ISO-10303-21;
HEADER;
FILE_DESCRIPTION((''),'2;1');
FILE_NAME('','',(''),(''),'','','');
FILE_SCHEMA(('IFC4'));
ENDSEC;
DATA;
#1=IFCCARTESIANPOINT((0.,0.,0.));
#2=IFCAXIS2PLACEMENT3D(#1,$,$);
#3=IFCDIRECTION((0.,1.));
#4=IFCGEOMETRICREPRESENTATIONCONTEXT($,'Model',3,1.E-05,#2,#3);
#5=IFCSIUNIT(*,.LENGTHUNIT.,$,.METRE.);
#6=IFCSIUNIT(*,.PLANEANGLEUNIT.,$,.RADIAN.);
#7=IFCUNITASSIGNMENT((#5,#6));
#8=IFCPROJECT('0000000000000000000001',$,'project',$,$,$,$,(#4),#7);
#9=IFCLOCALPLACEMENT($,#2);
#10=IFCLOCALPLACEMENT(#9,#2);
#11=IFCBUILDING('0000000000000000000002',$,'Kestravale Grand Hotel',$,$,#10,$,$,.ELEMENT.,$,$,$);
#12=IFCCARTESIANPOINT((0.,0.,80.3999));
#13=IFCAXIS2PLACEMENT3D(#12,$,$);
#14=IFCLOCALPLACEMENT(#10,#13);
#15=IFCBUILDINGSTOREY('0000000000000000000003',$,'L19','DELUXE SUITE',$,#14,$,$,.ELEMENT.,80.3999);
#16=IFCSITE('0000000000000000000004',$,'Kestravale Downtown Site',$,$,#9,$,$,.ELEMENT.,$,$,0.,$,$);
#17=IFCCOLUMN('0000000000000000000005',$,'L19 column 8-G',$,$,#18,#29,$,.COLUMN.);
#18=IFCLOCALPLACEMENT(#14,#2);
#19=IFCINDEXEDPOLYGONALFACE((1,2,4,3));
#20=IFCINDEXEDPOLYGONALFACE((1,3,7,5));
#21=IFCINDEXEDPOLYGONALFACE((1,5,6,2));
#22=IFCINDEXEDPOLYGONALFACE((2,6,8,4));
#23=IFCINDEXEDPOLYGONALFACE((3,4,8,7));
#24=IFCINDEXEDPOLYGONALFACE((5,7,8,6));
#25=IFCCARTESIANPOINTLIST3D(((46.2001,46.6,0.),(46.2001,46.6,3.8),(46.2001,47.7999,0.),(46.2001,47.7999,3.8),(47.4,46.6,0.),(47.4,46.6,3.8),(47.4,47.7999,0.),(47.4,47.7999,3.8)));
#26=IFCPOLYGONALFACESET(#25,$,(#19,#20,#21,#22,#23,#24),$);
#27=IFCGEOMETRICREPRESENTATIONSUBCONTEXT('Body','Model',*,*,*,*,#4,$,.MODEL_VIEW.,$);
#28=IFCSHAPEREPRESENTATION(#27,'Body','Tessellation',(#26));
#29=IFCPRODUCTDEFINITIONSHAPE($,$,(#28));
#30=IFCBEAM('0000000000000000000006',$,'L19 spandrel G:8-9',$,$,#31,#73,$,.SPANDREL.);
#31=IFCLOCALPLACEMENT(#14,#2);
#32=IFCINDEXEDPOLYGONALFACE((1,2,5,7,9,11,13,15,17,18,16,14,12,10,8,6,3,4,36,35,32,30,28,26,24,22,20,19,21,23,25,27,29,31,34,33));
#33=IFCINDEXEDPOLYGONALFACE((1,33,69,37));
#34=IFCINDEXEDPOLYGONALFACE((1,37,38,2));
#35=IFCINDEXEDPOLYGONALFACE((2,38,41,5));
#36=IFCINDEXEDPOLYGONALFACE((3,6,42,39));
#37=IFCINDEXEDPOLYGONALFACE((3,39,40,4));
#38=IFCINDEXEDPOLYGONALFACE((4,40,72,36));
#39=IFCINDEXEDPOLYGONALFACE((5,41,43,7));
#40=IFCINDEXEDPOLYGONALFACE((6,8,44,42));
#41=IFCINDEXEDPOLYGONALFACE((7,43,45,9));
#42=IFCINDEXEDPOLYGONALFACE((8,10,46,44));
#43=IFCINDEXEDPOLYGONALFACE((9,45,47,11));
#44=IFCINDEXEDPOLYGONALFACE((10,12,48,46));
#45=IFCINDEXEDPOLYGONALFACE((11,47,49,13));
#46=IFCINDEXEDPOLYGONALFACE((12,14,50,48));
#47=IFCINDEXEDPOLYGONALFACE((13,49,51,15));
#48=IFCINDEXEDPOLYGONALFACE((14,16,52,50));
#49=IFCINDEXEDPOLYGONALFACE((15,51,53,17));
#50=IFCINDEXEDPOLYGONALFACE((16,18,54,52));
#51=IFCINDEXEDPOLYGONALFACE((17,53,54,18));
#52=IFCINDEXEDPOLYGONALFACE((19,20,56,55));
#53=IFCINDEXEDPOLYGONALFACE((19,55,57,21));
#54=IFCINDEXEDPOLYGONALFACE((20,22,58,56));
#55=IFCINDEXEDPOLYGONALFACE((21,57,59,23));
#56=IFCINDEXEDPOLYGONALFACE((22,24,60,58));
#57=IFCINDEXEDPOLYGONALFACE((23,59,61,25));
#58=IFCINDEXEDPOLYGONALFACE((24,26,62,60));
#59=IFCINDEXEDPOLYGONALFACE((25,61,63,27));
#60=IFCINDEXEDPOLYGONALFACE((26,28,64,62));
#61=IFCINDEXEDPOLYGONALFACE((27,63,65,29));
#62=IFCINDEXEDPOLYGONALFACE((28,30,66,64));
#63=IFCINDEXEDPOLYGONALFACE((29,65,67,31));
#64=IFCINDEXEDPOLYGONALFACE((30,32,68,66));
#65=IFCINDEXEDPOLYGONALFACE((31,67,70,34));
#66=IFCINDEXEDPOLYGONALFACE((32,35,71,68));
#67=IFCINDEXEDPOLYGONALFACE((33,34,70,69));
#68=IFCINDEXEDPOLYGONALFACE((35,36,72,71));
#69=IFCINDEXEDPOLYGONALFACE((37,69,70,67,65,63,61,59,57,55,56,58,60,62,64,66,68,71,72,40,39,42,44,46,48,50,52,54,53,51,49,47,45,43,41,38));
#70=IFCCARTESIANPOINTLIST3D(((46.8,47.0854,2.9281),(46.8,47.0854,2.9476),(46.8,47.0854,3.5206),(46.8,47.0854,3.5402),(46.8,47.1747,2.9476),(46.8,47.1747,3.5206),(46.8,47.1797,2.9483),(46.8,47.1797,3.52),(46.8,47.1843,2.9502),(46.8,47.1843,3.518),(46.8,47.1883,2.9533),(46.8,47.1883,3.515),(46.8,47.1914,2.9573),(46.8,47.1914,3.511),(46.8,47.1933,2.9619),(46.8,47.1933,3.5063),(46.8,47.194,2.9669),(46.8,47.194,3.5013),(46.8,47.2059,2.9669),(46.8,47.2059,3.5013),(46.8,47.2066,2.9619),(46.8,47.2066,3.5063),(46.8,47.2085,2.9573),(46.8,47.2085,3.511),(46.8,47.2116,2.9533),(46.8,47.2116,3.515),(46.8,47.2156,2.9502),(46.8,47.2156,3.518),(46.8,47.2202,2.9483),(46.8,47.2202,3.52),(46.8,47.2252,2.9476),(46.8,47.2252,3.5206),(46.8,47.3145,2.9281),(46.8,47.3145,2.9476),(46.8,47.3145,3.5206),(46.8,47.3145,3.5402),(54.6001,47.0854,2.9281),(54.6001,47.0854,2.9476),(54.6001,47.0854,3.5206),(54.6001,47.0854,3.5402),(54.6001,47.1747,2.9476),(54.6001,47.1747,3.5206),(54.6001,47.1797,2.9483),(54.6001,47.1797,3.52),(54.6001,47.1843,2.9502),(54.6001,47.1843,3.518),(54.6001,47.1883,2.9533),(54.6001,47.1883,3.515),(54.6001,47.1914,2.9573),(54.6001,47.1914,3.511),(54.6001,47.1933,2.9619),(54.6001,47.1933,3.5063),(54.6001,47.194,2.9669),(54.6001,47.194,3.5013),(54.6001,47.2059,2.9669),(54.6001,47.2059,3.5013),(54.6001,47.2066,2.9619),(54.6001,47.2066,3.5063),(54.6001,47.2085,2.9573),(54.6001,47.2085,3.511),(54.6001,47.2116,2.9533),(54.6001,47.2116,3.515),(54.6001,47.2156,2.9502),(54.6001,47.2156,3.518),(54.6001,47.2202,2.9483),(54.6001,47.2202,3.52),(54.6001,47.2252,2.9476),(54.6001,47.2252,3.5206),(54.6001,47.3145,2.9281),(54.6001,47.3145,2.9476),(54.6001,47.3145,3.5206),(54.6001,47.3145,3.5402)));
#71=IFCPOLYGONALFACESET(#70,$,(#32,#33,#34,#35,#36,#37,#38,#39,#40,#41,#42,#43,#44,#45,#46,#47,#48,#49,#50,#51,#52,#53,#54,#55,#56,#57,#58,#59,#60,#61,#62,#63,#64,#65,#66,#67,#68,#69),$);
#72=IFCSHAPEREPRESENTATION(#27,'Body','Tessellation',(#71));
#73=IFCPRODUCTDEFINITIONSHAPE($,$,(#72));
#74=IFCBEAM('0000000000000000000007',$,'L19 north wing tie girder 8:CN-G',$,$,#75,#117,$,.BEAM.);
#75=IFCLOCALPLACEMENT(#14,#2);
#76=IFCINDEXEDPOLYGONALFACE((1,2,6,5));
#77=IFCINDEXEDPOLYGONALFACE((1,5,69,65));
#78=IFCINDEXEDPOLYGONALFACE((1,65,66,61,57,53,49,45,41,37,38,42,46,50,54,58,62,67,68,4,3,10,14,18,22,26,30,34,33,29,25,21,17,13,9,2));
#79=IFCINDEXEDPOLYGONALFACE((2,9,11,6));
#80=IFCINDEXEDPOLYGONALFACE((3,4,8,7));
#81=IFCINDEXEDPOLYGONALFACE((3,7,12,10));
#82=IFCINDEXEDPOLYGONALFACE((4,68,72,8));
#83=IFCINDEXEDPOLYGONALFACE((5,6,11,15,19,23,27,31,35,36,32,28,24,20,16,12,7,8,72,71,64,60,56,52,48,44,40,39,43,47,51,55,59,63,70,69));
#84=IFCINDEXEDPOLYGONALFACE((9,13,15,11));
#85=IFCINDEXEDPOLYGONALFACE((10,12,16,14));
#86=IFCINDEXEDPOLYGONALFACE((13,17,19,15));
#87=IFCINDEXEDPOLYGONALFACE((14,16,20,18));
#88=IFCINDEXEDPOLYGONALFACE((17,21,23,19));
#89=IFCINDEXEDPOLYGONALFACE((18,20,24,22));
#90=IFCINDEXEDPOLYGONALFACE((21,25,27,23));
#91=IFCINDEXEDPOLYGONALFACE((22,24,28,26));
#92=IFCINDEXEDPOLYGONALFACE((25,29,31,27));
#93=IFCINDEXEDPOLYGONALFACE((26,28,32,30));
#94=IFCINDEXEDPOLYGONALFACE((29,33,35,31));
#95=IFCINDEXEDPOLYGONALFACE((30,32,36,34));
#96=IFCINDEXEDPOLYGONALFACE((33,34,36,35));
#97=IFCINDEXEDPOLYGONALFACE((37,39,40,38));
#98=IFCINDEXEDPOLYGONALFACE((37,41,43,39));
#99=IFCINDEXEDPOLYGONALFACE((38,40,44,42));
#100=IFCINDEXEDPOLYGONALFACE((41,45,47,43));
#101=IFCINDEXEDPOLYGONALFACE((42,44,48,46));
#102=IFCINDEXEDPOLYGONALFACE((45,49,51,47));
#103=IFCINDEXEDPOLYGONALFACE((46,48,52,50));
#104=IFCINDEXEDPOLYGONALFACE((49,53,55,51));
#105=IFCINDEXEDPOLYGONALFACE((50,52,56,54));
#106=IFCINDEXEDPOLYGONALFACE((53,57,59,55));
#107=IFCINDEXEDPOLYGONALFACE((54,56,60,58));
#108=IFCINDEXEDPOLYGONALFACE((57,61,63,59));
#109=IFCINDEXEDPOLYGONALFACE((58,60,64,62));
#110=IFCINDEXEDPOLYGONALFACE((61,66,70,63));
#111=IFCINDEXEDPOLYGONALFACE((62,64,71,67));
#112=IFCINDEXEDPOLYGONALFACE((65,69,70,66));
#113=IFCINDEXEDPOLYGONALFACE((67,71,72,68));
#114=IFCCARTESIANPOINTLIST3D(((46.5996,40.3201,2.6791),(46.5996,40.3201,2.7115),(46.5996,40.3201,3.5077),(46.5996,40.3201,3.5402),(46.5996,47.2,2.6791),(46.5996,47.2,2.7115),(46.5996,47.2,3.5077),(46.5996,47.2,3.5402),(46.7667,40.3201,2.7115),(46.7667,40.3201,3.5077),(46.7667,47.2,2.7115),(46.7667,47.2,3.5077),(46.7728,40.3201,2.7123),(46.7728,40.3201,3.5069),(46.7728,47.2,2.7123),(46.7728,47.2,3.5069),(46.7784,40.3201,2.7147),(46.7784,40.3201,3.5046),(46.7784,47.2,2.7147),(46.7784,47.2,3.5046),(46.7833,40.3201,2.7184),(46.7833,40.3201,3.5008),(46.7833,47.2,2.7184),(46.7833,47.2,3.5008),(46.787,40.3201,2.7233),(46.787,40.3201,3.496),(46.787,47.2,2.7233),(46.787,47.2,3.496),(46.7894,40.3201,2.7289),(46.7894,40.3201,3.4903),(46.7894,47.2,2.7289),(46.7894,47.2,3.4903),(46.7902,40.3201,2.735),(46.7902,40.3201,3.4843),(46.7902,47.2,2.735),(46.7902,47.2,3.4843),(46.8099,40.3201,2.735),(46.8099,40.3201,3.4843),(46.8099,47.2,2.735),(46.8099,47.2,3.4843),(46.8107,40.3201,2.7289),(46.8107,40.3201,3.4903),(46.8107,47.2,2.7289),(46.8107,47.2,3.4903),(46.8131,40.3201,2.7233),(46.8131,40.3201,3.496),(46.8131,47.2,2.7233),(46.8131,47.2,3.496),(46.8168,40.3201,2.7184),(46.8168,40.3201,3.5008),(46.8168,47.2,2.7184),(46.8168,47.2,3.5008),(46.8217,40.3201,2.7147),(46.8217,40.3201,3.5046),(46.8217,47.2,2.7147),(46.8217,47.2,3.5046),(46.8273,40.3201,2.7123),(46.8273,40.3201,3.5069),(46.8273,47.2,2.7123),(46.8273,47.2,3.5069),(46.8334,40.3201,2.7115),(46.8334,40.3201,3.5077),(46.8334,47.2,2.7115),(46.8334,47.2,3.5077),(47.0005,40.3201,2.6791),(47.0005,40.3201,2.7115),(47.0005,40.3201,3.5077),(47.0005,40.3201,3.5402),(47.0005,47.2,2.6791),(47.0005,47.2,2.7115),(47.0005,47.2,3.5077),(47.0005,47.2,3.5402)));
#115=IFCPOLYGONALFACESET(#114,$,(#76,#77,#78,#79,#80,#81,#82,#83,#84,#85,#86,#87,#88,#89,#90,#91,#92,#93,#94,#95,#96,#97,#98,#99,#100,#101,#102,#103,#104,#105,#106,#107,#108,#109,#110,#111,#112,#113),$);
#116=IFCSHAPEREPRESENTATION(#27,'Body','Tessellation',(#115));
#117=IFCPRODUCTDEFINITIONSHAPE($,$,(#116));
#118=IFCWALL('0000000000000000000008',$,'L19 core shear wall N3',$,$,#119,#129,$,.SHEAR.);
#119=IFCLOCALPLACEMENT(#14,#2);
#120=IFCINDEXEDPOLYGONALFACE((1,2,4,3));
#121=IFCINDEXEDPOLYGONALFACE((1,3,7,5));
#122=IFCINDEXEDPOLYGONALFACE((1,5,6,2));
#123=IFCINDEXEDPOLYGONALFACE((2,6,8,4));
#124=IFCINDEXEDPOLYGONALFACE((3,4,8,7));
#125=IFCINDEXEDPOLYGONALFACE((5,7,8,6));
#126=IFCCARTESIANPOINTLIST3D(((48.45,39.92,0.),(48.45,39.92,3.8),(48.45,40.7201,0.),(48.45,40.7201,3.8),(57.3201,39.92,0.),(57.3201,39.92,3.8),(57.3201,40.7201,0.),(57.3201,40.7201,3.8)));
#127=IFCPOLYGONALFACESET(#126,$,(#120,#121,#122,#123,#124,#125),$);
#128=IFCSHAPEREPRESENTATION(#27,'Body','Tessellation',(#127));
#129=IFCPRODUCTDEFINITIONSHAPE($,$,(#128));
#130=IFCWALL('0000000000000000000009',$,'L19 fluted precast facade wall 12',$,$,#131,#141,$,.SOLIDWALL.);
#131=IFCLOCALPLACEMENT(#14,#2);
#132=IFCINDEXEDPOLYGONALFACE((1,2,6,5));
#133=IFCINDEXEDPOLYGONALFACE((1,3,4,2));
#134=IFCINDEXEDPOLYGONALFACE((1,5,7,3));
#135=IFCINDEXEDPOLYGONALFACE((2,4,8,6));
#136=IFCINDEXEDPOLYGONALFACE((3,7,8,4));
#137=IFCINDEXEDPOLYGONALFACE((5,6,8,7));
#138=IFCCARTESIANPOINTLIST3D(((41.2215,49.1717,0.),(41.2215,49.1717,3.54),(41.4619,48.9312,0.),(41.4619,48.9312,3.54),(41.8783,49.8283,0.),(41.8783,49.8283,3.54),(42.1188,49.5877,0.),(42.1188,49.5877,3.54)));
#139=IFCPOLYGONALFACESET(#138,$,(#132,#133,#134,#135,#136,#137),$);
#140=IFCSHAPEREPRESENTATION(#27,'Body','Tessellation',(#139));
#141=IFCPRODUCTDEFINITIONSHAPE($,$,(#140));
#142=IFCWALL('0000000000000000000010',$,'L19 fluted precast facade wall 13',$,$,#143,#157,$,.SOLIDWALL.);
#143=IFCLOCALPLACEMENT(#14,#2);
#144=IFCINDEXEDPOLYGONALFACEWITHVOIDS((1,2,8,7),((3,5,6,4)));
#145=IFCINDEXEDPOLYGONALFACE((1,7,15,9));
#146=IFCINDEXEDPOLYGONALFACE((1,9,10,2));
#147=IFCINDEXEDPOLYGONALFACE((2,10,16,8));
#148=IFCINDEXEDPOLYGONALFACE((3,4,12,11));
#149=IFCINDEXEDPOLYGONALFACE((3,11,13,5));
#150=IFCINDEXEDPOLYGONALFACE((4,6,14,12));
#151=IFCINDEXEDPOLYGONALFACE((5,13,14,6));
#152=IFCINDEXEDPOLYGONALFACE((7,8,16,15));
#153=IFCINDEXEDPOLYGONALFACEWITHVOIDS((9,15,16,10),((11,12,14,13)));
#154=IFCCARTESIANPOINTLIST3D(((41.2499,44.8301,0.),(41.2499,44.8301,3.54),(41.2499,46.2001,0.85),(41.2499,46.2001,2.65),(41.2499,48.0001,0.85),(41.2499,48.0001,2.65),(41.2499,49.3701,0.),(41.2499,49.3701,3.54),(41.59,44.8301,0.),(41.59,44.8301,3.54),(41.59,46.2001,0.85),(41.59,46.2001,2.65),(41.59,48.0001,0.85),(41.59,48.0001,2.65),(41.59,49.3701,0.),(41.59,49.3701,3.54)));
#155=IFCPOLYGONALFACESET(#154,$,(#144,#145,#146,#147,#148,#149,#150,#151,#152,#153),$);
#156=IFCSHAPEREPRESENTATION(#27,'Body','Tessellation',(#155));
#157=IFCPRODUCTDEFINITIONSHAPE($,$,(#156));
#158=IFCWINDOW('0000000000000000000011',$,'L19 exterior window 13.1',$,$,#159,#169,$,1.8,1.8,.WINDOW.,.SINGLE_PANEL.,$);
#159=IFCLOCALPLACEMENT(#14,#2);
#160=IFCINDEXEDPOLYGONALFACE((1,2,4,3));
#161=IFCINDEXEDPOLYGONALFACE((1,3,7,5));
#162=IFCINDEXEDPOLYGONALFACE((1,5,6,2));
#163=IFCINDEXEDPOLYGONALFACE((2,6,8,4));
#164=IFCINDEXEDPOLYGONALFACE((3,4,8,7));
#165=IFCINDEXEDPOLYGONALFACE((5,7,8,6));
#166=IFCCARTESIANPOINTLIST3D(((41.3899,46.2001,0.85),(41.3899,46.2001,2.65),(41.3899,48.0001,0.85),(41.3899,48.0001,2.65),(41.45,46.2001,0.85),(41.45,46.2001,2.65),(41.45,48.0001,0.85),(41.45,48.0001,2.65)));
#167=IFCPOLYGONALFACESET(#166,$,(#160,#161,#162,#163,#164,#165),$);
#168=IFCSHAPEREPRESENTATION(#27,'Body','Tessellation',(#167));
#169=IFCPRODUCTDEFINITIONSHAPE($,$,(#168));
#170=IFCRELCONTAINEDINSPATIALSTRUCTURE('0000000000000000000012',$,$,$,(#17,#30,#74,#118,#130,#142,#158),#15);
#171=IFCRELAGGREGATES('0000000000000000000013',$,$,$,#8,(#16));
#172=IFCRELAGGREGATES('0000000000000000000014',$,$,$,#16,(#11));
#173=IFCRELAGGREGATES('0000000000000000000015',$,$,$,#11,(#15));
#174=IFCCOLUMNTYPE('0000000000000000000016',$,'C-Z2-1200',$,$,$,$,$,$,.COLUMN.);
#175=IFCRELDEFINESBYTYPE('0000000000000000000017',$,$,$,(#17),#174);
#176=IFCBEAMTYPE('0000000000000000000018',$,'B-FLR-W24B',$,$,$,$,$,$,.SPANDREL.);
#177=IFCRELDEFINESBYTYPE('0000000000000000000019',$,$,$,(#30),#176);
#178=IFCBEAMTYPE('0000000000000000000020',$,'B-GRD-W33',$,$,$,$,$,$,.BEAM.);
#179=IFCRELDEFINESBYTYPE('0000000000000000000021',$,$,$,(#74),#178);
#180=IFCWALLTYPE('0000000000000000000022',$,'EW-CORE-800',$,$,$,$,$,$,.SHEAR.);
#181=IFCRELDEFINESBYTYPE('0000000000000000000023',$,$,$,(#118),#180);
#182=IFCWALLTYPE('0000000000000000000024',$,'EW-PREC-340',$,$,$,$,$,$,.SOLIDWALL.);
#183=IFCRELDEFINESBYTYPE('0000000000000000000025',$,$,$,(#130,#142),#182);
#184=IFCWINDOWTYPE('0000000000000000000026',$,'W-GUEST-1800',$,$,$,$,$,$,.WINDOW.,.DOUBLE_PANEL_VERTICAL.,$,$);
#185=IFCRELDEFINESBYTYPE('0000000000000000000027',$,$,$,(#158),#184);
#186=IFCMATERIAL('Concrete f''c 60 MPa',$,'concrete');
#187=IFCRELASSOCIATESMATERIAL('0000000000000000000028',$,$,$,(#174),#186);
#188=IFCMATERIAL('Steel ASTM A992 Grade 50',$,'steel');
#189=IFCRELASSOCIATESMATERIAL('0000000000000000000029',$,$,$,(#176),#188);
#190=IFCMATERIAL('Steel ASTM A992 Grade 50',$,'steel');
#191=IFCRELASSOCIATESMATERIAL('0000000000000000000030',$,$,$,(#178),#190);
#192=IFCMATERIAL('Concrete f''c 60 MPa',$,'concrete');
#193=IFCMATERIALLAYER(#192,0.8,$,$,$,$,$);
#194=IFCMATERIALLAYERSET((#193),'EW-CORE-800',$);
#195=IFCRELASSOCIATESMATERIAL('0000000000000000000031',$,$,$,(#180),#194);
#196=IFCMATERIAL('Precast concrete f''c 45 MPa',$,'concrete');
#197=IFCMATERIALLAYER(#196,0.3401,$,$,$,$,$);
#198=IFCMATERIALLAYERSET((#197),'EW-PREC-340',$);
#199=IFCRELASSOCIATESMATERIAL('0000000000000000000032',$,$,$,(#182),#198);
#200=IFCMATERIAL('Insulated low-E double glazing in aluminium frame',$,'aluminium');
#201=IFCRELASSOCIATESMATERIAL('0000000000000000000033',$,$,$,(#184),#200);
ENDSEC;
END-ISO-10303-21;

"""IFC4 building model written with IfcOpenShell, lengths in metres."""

from ifc_helpers import new_model, si_unit, direction, frame, frame_2d, origin, origin_2d, place, context, subcontext, project, spatial, rectangle, i_section, extrude, material, layer, layer_set, material_profile, profile_set, type_object, element, fill, save


model = new_model("IFC4")

# Units and contexts
model_context = context("Model", 3, precision=1e-05, world=origin(), true_north=direction((0.0, 1.0)))
body_context = subcontext(model_context, "Body", "Model", "MODEL_VIEW")
ifc_project = project(units=[si_unit("LENGTHUNIT", "METRE"), si_unit("PLANEANGLEUNIT", "RADIAN")], contexts=[model_context])

# Site, building, storey
site_placement = place(None, origin())
site = spatial("IfcSite", under=ifc_project, at=site_placement, Name="Kestravale Downtown Site", CompositionType="ELEMENT", RefElevation=0.0)
building_placement = place(site_placement, origin())
building = spatial("IfcBuilding", under=site, at=building_placement, Name="Kestravale Grand Hotel", CompositionType="ELEMENT")
storey_placement = place(building_placement, frame((0.0, 0.0, 80.3999)))
storey = spatial("IfcBuildingStorey", under=building, at=storey_placement, Name="L19", Description="DELUXE SUITE", CompositionType="ELEMENT", Elevation=80.3999)

# Column
ifc_material_1 = material(Name="Concrete f'c 60 MPa", Category="concrete")
ifc_material_profile_1 = material_profile(ifc_material_1, rectangle(XDim=1.2, YDim=1.2, at=origin_2d()))
ifc_profile_set_1 = profile_set([ifc_material_profile_1], Name="Concrete f'c 60 MPa")
column_type = type_object("IfcColumnType", Name="C-Z2-1200", PredefinedType="COLUMN", material=ifc_profile_set_1)
column_placement = place(storey_placement, frame((46.8, 47.2, 0.0), z_axis=(0.0, 0.0, 1.0), x_axis=(1.0, 0.0, 0.0)))
element("IfcColumn", 1, at=column_placement, inside=storey, type_object=column_type, Name="L19 column 8-G", PredefinedType="COLUMN", context=body_context, shape_type="SweptSolid", body=[
    extrude(rectangle(XDim=1.2, YDim=1.2, at=origin_2d()), origin(), (0.0, 0.0, 1.0), 3.8),
])

# Beams
ifc_material_2 = material(Name="Steel ASTM A992 Grade 50", Category="steel")
ifc_material_profile_2 = material_profile(ifc_material_2, i_section(OverallWidth=0.229, OverallDepth=0.6121, WebThickness=0.012, FlangeThickness=0.0195, FilletRadius=0.0193, at=origin_2d()))
ifc_profile_set_2 = profile_set([ifc_material_profile_2], Name="Steel ASTM A992 Grade 50")
beam_type_1 = type_object("IfcBeamType", Name="B-FLR-W24B", PredefinedType="SPANDREL", material=ifc_profile_set_2)
beam_1_placement = place(storey_placement, frame((46.8, 47.2, 3.2341), z_axis=(1.0, 0.0, 0.0), x_axis=(0.0, 1.0, 0.0)))
element("IfcBeam", 2, at=beam_1_placement, inside=storey, type_object=beam_type_1, Name="L19 spandrel G:8-9", PredefinedType="SPANDREL", context=body_context, shape_type="SweptSolid", body=[
    extrude(i_section(OverallWidth=0.229, OverallDepth=0.6121, WebThickness=0.012, FlangeThickness=0.0195, FilletRadius=0.0193, at=origin_2d()), origin(), (0.0, 0.0, 1.0), 7.8),
])
ifc_material_3 = material(Name="Steel ASTM A992 Grade 50", Category="steel")
ifc_material_profile_3 = material_profile(ifc_material_3, i_section(OverallWidth=0.4009, OverallDepth=0.8611, WebThickness=0.0198, FlangeThickness=0.0325, FilletRadius=0.0234, at=origin_2d()))
ifc_profile_set_3 = profile_set([ifc_material_profile_3], Name="Steel ASTM A992 Grade 50")
beam_type_2 = type_object("IfcBeamType", Name="B-GRD-W33", PredefinedType="BEAM", material=ifc_profile_set_3)
beam_2_placement = place(storey_placement, frame((46.8, 40.3201, 3.1096), z_axis=(0.0, 1.0, 0.0), x_axis=(-1.0, 0.0, 0.0)))
element("IfcBeam", 3, at=beam_2_placement, inside=storey, type_object=beam_type_2, Name="L19 north wing tie girder 8:CN-G", PredefinedType="BEAM", context=body_context, shape_type="SweptSolid", body=[
    extrude(i_section(OverallWidth=0.4009, OverallDepth=0.8611, WebThickness=0.0198, FlangeThickness=0.0325, FilletRadius=0.0234, at=origin_2d()), origin(), (0.0, 0.0, 1.0), 6.8799),
])

# Walls
ifc_material_4 = material(Name="Concrete f'c 60 MPa", Category="concrete")
ifc_layer_1 = layer(ifc_material_4, 0.8)
ifc_layer_set_1 = layer_set([ifc_layer_1], Name="EW-CORE-800")
wall_type_1 = type_object("IfcWallType", Name="EW-CORE-800", PredefinedType="SHEAR", material=ifc_layer_set_1)
wall_1_placement = place(storey_placement, frame((48.45, 40.3201, 0.0), z_axis=(0.0, 0.0, 1.0), x_axis=(1.0, 0.0, 0.0)))
element("IfcWall", 4, at=wall_1_placement, inside=storey, type_object=wall_type_1, Name="L19 core shear wall N3", PredefinedType="SHEAR", context=body_context, shape_type="SweptSolid", body=[
    extrude(rectangle(XDim=8.8701, YDim=0.8, at=frame_2d((4.4351, 0.0))), origin(), (0.0, 0.0, 1.0), 3.8),
])
ifc_material_5 = material(Name="Precast concrete f'c 45 MPa", Category="concrete")
ifc_layer_2 = layer(ifc_material_5, 0.3401)
ifc_layer_set_2 = layer_set([ifc_layer_2], Name="EW-PREC-340")
wall_type_2 = type_object("IfcWallType", Name="EW-PREC-340", PredefinedType="SOLIDWALL", material=ifc_layer_set_2)
wall_2_placement = place(storey_placement, frame((41.9985, 49.708, 0.0), z_axis=(0.0, 0.0, 1.0), x_axis=(-0.707238, -0.706975, 0.0)))
element("IfcWall", 5, at=wall_2_placement, inside=storey, type_object=wall_type_2, Name="L19 fluted precast facade wall 12", PredefinedType="SOLIDWALL", context=body_context, shape_type="SweptSolid", body=[
    extrude(rectangle(XDim=0.9287, YDim=0.3401, at=frame_2d((0.4644, 0.0))), origin(), (0.0, 0.0, 1.0), 3.54),
])

# Wall, opening, window
wall_3_placement = place(storey_placement, frame((41.4199, 49.3701, 0.0), z_axis=(0.0, 0.0, 1.0), x_axis=(0.0, -1.0, 0.0)))
wall_3 = element("IfcWall", 6, at=wall_3_placement, inside=storey, type_object=wall_type_2, Name="L19 fluted precast facade wall 13", PredefinedType="SOLIDWALL", context=body_context, shape_type="SweptSolid", body=[
    extrude(rectangle(XDim=4.54, YDim=0.3401, at=frame_2d((2.27, 0.0))), origin(), (0.0, 0.0, 1.0), 3.54),
])
opening_1_placement = place(wall_3_placement, frame((1.3701, 0.0, 0.8501)))
opening_1 = element("IfcOpeningElement", 7, at=opening_1_placement, cuts=wall_3, PredefinedType="OPENING", context=body_context, shape_type="SweptSolid", body=[
    extrude(rectangle(XDim=1.8, YDim=1.8, at=frame_2d((0.8999, 0.8999))), frame((0.0, 0.1799, 0.0), z_axis=(0.0, -1.0, 0.0), x_axis=(1.0, 0.0, 0.0)), (0.0, 0.0, 1.0), 0.3601),
])
ifc_material_6 = material(Name="Insulated low-E double glazing in aluminium frame", Category="aluminium")
window_type = type_object("IfcWindowType", Name="W-GUEST-1800", PartitioningType="DOUBLE_PANEL_VERTICAL", PredefinedType="WINDOW", material=ifc_material_6)
window_1_placement = place(opening_1_placement, origin())
window_1 = element("IfcWindow", 8, at=window_1_placement, inside=storey, type_object=window_type, Name="L19 exterior window 13.1", OverallHeight=1.8, OverallWidth=1.8, PartitioningType="SINGLE_PANEL", PredefinedType="WINDOW", context=body_context, shape_type="SweptSolid", body=[
    extrude(rectangle(XDim=1.8, YDim=1.8, at=frame_2d((0.8999, 0.8999))), frame((0.0, 0.03, 0.0), z_axis=(0.0, -1.0, 0.0), x_axis=(1.0, 0.0, 0.0)), (0.0, 0.0, 1.0), 0.0601),
])
fill(opening_1, window_1)

save(model, "model.ifc")
